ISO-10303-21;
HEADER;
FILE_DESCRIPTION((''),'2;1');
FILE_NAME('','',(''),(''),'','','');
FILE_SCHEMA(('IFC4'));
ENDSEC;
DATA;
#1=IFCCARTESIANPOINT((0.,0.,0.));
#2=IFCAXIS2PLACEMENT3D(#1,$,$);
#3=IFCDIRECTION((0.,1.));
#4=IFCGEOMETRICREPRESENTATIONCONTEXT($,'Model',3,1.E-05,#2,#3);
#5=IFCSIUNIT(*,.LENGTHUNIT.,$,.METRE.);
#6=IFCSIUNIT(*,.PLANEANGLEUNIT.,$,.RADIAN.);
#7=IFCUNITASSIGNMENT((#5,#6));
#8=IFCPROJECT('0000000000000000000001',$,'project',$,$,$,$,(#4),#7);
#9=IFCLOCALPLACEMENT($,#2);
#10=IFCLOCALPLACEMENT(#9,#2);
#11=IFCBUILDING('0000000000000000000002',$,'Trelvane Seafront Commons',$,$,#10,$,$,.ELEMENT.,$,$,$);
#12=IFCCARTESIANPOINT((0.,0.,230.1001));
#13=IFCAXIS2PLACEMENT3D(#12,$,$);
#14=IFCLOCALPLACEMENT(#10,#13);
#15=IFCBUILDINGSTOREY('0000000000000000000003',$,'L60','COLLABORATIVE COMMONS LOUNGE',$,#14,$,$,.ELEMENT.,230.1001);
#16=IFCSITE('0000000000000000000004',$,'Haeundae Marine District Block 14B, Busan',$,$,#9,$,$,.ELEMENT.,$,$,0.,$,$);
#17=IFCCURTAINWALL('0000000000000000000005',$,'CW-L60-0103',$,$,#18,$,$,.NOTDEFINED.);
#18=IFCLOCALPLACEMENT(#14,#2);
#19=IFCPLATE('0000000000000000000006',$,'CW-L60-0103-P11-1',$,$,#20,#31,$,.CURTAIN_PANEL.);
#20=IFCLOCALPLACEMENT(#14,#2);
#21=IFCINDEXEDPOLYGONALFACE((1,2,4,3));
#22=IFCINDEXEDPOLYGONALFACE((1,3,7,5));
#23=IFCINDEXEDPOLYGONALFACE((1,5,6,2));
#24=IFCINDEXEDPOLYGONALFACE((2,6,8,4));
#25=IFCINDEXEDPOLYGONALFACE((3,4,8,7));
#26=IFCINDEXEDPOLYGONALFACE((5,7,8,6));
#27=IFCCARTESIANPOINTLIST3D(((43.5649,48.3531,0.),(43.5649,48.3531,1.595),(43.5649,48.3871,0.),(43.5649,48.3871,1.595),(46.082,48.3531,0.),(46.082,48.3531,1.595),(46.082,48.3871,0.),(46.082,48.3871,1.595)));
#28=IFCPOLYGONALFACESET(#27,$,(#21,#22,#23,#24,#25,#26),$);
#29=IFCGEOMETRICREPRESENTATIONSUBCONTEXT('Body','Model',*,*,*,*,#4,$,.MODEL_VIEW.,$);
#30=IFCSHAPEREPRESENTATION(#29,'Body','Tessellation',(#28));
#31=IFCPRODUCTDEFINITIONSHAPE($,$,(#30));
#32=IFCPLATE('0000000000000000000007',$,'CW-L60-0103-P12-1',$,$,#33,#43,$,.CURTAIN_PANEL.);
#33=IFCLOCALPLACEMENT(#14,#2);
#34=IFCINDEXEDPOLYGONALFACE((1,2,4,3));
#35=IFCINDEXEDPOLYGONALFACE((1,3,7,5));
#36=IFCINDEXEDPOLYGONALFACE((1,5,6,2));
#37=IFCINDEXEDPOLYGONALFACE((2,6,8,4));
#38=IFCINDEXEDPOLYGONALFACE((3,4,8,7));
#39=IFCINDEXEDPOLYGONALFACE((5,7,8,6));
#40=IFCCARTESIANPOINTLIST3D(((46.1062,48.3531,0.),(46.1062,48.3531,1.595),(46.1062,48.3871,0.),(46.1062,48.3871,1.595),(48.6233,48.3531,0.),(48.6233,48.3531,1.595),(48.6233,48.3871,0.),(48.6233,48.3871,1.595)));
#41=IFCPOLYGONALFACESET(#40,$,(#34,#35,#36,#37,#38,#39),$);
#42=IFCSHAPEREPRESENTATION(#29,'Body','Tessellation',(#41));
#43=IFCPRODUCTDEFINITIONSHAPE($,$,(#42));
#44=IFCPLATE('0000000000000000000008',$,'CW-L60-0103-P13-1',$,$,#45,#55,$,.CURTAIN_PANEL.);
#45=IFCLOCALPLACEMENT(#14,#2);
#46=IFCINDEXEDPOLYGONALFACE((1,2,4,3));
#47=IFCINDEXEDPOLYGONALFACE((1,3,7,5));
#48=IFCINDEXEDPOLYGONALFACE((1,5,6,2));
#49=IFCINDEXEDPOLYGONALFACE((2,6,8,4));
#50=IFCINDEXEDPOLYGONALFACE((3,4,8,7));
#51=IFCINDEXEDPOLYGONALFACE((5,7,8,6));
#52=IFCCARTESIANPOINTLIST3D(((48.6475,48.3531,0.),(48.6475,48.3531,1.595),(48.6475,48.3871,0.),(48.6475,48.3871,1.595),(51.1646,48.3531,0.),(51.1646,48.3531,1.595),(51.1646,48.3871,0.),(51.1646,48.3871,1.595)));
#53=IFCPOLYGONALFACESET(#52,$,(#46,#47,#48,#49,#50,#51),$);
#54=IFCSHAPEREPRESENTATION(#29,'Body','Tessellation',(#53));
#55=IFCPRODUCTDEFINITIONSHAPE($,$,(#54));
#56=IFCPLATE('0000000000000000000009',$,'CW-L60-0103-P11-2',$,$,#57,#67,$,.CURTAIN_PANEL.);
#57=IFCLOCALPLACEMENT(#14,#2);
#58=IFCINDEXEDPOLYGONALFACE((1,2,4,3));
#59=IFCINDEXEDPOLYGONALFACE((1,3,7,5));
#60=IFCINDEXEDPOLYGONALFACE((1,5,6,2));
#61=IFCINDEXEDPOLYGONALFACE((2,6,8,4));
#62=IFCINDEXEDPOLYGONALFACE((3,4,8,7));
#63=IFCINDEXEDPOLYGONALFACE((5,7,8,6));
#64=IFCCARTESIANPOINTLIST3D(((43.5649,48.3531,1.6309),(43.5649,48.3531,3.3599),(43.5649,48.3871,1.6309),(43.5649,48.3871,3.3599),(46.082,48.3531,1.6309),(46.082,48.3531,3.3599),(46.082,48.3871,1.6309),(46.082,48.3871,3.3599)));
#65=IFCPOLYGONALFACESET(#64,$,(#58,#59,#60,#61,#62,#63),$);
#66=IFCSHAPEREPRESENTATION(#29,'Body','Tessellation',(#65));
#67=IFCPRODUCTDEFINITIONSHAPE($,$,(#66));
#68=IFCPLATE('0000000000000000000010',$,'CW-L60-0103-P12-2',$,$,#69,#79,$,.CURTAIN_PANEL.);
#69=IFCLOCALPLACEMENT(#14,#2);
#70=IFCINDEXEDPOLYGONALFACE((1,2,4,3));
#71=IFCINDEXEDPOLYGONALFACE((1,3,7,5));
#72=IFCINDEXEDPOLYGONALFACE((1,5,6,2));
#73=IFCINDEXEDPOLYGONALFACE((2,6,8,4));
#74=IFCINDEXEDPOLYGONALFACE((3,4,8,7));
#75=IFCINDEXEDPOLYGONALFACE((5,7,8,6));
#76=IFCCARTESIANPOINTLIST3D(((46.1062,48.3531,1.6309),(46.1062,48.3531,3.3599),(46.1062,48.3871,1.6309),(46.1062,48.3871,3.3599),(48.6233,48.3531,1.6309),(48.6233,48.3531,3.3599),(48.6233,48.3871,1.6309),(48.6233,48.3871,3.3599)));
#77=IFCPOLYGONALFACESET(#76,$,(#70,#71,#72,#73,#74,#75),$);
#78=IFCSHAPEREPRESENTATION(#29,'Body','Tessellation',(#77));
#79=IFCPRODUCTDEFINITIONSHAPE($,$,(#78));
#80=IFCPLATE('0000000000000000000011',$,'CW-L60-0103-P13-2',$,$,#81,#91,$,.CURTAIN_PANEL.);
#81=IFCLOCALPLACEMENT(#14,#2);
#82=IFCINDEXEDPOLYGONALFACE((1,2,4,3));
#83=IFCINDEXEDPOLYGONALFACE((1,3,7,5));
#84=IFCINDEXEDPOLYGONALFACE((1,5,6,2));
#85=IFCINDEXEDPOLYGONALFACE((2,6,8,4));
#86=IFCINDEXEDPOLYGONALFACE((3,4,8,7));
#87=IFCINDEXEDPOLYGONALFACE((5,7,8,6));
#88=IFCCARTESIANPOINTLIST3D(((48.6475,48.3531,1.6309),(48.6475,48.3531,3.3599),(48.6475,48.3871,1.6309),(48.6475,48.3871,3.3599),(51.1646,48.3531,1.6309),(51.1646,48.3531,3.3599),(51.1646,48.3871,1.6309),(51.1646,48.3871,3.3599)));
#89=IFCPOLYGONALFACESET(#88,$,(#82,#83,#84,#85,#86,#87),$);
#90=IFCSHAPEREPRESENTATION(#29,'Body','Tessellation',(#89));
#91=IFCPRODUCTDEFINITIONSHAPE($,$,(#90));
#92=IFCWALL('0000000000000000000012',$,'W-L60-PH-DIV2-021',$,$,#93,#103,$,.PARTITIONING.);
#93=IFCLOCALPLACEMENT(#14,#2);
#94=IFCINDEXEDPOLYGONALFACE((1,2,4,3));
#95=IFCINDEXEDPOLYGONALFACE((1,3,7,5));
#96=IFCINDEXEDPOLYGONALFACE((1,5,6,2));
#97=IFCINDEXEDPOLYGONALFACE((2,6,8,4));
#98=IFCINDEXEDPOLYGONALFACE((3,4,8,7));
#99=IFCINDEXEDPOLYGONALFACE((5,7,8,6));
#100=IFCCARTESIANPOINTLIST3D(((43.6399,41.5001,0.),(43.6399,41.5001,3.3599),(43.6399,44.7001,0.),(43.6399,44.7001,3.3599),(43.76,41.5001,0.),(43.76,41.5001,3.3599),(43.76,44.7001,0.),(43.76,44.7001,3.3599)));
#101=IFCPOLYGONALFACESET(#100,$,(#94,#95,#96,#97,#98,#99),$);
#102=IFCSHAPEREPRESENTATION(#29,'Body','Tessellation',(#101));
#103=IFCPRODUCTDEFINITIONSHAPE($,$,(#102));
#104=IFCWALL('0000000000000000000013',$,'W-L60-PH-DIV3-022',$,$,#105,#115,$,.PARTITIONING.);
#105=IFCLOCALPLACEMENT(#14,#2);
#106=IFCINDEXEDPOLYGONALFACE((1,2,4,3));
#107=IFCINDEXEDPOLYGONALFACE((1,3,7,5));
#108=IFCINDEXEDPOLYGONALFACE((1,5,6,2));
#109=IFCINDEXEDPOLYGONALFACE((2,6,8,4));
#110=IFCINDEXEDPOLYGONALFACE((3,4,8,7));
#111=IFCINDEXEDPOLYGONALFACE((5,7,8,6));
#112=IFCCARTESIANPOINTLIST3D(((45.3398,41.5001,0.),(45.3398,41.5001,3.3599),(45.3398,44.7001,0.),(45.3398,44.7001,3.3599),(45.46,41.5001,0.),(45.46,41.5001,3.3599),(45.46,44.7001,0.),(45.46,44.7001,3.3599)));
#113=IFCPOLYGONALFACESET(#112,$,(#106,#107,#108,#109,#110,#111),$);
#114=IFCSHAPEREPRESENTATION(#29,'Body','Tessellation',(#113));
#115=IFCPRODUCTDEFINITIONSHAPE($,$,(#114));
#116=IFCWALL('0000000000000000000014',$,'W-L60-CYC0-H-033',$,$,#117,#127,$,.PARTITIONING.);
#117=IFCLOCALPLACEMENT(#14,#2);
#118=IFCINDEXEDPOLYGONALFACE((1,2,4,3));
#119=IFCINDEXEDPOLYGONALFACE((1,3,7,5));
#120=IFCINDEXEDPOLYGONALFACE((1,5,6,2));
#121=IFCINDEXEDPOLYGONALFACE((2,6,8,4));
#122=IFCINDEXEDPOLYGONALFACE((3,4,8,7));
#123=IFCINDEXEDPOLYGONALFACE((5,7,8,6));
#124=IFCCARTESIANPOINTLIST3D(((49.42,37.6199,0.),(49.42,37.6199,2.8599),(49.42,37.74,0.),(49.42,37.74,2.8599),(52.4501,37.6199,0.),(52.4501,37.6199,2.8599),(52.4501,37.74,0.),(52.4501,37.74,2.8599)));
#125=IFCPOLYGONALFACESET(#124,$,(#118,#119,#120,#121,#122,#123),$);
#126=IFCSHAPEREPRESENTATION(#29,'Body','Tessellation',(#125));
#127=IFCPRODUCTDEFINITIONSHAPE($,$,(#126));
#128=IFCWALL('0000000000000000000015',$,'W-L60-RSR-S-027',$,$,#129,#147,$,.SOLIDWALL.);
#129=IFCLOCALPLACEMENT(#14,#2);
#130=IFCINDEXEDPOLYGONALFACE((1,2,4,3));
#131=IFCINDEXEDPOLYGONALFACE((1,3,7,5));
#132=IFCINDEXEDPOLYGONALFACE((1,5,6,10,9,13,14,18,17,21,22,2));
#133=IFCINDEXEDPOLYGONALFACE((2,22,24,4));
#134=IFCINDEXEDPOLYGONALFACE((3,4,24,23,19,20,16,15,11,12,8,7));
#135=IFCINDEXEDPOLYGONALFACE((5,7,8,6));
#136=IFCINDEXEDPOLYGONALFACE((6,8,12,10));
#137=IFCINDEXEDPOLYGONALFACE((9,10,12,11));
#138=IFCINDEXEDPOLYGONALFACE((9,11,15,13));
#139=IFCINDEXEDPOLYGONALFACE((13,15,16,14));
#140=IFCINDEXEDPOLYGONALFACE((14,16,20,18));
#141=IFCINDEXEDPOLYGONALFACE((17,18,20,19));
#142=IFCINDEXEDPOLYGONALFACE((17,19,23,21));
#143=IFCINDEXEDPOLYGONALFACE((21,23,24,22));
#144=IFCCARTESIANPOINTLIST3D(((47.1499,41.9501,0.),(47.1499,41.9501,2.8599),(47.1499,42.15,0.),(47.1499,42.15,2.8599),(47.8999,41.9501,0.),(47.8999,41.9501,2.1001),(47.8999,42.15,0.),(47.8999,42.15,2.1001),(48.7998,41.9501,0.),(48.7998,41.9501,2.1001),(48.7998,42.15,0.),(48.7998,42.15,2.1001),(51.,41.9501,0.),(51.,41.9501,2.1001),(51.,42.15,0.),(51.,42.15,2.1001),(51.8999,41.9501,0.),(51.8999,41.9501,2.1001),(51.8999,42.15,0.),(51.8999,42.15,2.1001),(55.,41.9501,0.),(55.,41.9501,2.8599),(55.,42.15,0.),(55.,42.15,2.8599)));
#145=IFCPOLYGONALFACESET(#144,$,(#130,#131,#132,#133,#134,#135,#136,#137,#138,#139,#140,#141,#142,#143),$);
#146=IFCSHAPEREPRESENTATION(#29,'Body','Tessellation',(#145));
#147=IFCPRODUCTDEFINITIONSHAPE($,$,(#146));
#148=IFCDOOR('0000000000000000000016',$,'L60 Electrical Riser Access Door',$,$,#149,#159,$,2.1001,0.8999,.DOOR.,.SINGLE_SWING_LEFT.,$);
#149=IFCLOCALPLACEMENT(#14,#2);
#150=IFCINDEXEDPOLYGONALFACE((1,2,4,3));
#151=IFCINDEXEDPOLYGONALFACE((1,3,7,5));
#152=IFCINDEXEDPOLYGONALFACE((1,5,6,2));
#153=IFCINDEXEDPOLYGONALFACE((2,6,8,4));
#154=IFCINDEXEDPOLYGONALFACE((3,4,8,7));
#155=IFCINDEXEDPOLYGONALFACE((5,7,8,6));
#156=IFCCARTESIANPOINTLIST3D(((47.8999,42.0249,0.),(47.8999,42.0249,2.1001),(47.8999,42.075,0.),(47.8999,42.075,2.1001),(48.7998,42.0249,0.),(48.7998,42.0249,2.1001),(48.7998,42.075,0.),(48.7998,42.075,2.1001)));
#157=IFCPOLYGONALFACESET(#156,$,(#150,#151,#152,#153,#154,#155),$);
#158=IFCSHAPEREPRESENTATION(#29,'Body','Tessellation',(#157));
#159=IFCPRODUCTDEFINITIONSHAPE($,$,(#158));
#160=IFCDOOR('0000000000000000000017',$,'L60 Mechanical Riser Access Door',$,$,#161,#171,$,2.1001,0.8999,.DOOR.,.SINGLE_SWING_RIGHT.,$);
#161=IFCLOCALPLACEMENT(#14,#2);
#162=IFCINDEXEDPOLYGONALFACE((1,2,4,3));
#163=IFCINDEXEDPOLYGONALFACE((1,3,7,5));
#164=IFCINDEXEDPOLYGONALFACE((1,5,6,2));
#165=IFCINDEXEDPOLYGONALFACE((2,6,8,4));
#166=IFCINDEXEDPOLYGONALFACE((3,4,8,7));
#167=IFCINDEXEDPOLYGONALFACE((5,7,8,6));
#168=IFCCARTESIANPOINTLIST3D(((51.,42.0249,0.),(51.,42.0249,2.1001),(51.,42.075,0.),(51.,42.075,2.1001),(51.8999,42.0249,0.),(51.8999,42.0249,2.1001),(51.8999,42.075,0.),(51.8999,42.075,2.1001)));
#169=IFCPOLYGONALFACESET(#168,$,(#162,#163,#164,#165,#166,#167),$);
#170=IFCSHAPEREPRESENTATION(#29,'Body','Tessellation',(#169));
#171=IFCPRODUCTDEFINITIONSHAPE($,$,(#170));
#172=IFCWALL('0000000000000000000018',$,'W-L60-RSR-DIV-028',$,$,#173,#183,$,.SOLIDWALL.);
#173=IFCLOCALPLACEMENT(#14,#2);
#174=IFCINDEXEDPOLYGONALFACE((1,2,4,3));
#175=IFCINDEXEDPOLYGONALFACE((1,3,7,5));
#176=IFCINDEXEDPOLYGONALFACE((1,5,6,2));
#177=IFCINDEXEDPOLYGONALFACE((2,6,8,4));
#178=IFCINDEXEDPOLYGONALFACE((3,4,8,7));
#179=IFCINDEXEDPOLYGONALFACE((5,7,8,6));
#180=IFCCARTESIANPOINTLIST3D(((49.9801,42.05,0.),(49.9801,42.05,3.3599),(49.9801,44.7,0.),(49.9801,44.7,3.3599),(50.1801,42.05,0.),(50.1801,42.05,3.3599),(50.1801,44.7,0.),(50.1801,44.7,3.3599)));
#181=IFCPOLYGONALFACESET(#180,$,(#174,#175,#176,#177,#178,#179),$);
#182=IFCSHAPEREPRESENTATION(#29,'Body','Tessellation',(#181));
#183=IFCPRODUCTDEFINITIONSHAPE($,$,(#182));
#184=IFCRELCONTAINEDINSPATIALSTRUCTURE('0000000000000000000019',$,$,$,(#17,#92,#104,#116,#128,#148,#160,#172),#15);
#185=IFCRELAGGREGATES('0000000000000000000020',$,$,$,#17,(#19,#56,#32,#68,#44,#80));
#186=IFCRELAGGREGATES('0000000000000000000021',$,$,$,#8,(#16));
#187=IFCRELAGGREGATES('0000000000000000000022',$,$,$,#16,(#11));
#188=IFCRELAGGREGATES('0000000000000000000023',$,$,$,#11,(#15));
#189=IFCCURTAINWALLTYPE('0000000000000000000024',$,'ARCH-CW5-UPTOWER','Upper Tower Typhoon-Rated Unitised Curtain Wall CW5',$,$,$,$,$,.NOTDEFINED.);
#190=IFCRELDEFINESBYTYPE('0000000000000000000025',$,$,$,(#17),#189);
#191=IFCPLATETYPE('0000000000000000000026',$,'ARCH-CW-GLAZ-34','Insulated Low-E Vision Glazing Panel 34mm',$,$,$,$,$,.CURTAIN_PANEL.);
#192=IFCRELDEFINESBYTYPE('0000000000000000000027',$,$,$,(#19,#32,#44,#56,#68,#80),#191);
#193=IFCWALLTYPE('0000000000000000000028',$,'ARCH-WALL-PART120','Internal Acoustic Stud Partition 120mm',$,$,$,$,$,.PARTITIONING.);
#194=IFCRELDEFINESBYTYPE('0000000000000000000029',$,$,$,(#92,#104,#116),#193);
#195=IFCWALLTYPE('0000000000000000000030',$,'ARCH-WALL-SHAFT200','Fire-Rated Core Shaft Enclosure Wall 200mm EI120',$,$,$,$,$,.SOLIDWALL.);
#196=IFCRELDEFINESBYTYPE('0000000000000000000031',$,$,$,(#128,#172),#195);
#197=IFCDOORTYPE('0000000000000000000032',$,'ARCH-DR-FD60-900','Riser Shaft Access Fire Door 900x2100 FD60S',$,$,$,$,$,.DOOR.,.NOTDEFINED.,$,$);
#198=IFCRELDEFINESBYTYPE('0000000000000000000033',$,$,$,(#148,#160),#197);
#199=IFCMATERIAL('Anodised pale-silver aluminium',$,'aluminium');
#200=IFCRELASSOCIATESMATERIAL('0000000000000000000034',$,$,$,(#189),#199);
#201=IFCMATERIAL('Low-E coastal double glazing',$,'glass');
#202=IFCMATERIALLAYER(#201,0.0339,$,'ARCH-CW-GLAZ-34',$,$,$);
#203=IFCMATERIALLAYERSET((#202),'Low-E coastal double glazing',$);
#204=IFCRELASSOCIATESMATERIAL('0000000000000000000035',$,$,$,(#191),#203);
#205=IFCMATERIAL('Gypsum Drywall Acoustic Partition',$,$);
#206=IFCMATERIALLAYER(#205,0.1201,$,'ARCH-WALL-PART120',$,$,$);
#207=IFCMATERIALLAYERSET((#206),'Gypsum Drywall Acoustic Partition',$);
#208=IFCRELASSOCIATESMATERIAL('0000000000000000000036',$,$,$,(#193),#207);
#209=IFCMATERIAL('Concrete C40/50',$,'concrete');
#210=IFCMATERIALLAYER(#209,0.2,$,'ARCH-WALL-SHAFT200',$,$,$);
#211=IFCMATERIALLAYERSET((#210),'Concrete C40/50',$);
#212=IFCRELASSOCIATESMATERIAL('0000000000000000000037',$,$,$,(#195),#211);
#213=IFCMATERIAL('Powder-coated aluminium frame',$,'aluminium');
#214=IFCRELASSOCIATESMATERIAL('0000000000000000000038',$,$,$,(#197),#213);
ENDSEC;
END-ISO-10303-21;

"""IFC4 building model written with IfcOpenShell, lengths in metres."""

from ifc_helpers import new_model, si_unit, direction, frame, frame_2d, origin, origin_2d, place, context, subcontext, project, spatial, rectangle, extrude, source, transform, mapped, material, layer, layer_set, type_object, element, fill, aggregate, save


model = new_model("IFC4")

# Units and contexts
model_context = context("Model", 3, precision=1e-05, world=origin(), true_north=direction((0.0, 1.0)))
body_context = subcontext(model_context, "Body", "Model", "MODEL_VIEW")
ifc_project = project(units=[si_unit("LENGTHUNIT", "METRE"), si_unit("PLANEANGLEUNIT", "RADIAN")], contexts=[model_context])

# Site, building, storey
site_placement = place(None, origin())
site = spatial("IfcSite", under=ifc_project, at=site_placement, Name="Haeundae Marine District Block 14B, Busan", CompositionType="ELEMENT", RefElevation=0.0)
building_placement = place(site_placement, origin())
building = spatial("IfcBuilding", under=site, at=building_placement, Name="Trelvane Seafront Commons", CompositionType="ELEMENT")
storey_placement = place(building_placement, frame((0.0, 0.0, 230.1001)))
storey = spatial("IfcBuildingStorey", under=building, at=storey_placement, Name="L60", Description="COLLABORATIVE COMMONS LOUNGE", CompositionType="ELEMENT", Elevation=230.1001)

# Curtain wall
ifc_material_1 = material(Name="Anodised pale-silver aluminium", Category="aluminium")
curtain_wall_type = type_object("IfcCurtainWallType", Name="ARCH-CW5-UPTOWER", Description="Upper Tower Typhoon-Rated Unitised Curtain Wall CW5", PredefinedType="NOTDEFINED", material=ifc_material_1)
curtain_wall_placement = place(storey_placement, origin())
curtain_wall = element("IfcCurtainWall", 1, at=curtain_wall_placement, inside=storey, type_object=curtain_wall_type, Name="CW-L60-0103", PredefinedType="NOTDEFINED")

# Plates
ifc_material_2 = material(Name="Low-E coastal double glazing", Category="glass")
ifc_layer_1 = layer(ifc_material_2, 0.0339, Name="ARCH-CW-GLAZ-34")
ifc_layer_set_1 = layer_set([ifc_layer_1], Name="Low-E coastal double glazing")
plate_type_1 = type_object("IfcPlateType", Name="ARCH-CW-GLAZ-34", Description="Insulated Low-E Vision Glazing Panel 34mm", PredefinedType="CURTAIN_PANEL", material=ifc_layer_set_1)
shared_shape_1 = source(origin(), body_context, "Body", "SweptSolid", [
    extrude(rectangle(XDim=2.5171, YDim=0.0339, at=origin_2d()), origin(), (0.0, 0.0, 1.0), 1.595),
])
plate_1_placement = place(storey_placement, frame((44.8235, 48.3701, 0.0), z_axis=(0.0, 0.0, 1.0), x_axis=(1.0, 0.0, 0.0)))
plate_1 = element("IfcPlate", 2, at=plate_1_placement, type_object=plate_type_1, Name="CW-L60-0103-P11-1", PredefinedType="CURTAIN_PANEL", context=body_context, shape_type="MappedRepresentation", body=[
    mapped(shared_shape_1, transform((0.0, 0.0, 0.0), x_axis=(1.0, 0.0, 0.0), y_axis=(0.0, 1.0, 0.0), z_axis=(0.0, 0.0, 1.0), scale=1.0)),
])
plate_2_placement = place(storey_placement, frame((47.3647, 48.3701, 0.0), z_axis=(0.0, 0.0, 1.0), x_axis=(1.0, 0.0, 0.0)))
plate_2 = element("IfcPlate", 3, at=plate_2_placement, type_object=plate_type_1, Name="CW-L60-0103-P12-1", PredefinedType="CURTAIN_PANEL", context=body_context, shape_type="MappedRepresentation", body=[
    mapped(shared_shape_1, transform((0.0, 0.0, 0.0), x_axis=(1.0, 0.0, 0.0), y_axis=(0.0, 1.0, 0.0), z_axis=(0.0, 0.0, 1.0), scale=1.0)),
])
plate_3_placement = place(storey_placement, frame((49.906, 48.3701, 0.0), z_axis=(0.0, 0.0, 1.0), x_axis=(1.0, 0.0, 0.0)))
plate_3 = element("IfcPlate", 4, at=plate_3_placement, type_object=plate_type_1, Name="CW-L60-0103-P13-1", PredefinedType="CURTAIN_PANEL", context=body_context, shape_type="MappedRepresentation", body=[
    mapped(shared_shape_1, transform((0.0, 0.0, 0.0), x_axis=(1.0, 0.0, 0.0), y_axis=(0.0, 1.0, 0.0), z_axis=(0.0, 0.0, 1.0), scale=1.0)),
])
shared_shape_2 = source(origin(), body_context, "Body", "SweptSolid", [
    extrude(rectangle(XDim=2.5171, YDim=0.0339, at=origin_2d()), origin(), (0.0, 0.0, 1.0), 1.729),
])
plate_4_placement = place(storey_placement, frame((44.8235, 48.3701, 1.6309), z_axis=(0.0, 0.0, 1.0), x_axis=(1.0, 0.0, 0.0)))
plate_4 = element("IfcPlate", 5, at=plate_4_placement, type_object=plate_type_1, Name="CW-L60-0103-P11-2", PredefinedType="CURTAIN_PANEL", context=body_context, shape_type="MappedRepresentation", body=[
    mapped(shared_shape_2, transform((0.0, 0.0, 0.0), x_axis=(1.0, 0.0, 0.0), y_axis=(0.0, 1.0, 0.0), z_axis=(0.0, 0.0, 1.0), scale=1.0)),
])
plate_5_placement = place(storey_placement, frame((47.3647, 48.3701, 1.6309), z_axis=(0.0, 0.0, 1.0), x_axis=(1.0, 0.0, 0.0)))
plate_5 = element("IfcPlate", 6, at=plate_5_placement, type_object=plate_type_1, Name="CW-L60-0103-P12-2", PredefinedType="CURTAIN_PANEL", context=body_context, shape_type="MappedRepresentation", body=[
    mapped(shared_shape_2, transform((0.0, 0.0, 0.0), x_axis=(1.0, 0.0, 0.0), y_axis=(0.0, 1.0, 0.0), z_axis=(0.0, 0.0, 1.0), scale=1.0)),
])
plate_6_placement = place(storey_placement, frame((49.906, 48.3701, 1.6309), z_axis=(0.0, 0.0, 1.0), x_axis=(1.0, 0.0, 0.0)))
plate_6 = element("IfcPlate", 7, at=plate_6_placement, type_object=plate_type_1, Name="CW-L60-0103-P13-2", PredefinedType="CURTAIN_PANEL", context=body_context, shape_type="MappedRepresentation", body=[
    mapped(shared_shape_2, transform((0.0, 0.0, 0.0), x_axis=(1.0, 0.0, 0.0), y_axis=(0.0, 1.0, 0.0), z_axis=(0.0, 0.0, 1.0), scale=1.0)),
])
aggregate(curtain_wall, [plate_1, plate_4, plate_2, plate_5, plate_3, plate_6])

# Walls
ifc_material_3 = material(Name="Gypsum Drywall Acoustic Partition")
ifc_layer_2 = layer(ifc_material_3, 0.1201, Name="ARCH-WALL-PART120")
ifc_layer_set_2 = layer_set([ifc_layer_2], Name="Gypsum Drywall Acoustic Partition")
wall_type_1 = type_object("IfcWallType", Name="ARCH-WALL-PART120", Description="Internal Acoustic Stud Partition 120mm", PredefinedType="PARTITIONING", material=ifc_layer_set_2)
for number, where, z_axis, x_axis, name in (
    (8, (43.7, 41.5, 0.0), (0.0, 0.0, 1.0), (0.0, 1.0, 0.0), "W-L60-PH-DIV2-021"),
    (9, (45.3999, 41.5, 0.0), (0.0, 0.0, 1.0), (0.0, 1.0, 0.0), "W-L60-PH-DIV3-022"),
):
    element("IfcWall", number, at=place(storey_placement, frame(where, z_axis=z_axis, x_axis=x_axis)), inside=storey, type_object=wall_type_1, Name=name, PredefinedType="PARTITIONING", context=body_context, shape_type="SweptSolid", body=[
        extrude(rectangle(XDim=3.2, YDim=0.1201, at=frame_2d((1.6001, 0.0))), origin(), (0.0, 0.0, 1.0), 3.3599),
    ])
wall_1_placement = place(storey_placement, frame((49.4199, 37.6799, 0.0), z_axis=(0.0, 0.0, 1.0), x_axis=(1.0, 0.0, 0.0)))
element("IfcWall", 10, at=wall_1_placement, inside=storey, type_object=wall_type_1, Name="W-L60-CYC0-H-033", PredefinedType="PARTITIONING", context=body_context, shape_type="SweptSolid", body=[
    extrude(rectangle(XDim=3.03, YDim=0.1201, at=frame_2d((1.5151, 0.0))), origin(), (0.0, 0.0, 1.0), 2.8599),
])

# Wall, openings, doors
ifc_material_4 = material(Name="Concrete C40/50", Category="concrete")
ifc_layer_3 = layer(ifc_material_4, 0.2, Name="ARCH-WALL-SHAFT200")
ifc_layer_set_3 = layer_set([ifc_layer_3], Name="Concrete C40/50")
wall_type_2 = type_object("IfcWallType", Name="ARCH-WALL-SHAFT200", Description="Fire-Rated Core Shaft Enclosure Wall 200mm EI120", PredefinedType="SOLIDWALL", material=ifc_layer_set_3)
wall_2_placement = place(storey_placement, frame((47.1499, 42.05, 0.0), z_axis=(0.0, 0.0, 1.0), x_axis=(1.0, 0.0, 0.0)))
wall_2 = element("IfcWall", 11, at=wall_2_placement, inside=storey, type_object=wall_type_2, Name="W-L60-RSR-S-027", PredefinedType="SOLIDWALL", context=body_context, shape_type="SweptSolid", body=[
    extrude(rectangle(XDim=7.8501, YDim=0.2, at=frame_2d((3.925, 0.0))), origin(), (0.0, 0.0, 1.0), 2.8599),
])
opening_1_placement = place(wall_2_placement, frame((0.75, 0.0, 0.0)))
opening_1 = element("IfcOpeningElement", 12, at=opening_1_placement, cuts=wall_2, PredefinedType="OPENING", context=body_context, shape_type="SweptSolid", body=[
    extrude(rectangle(XDim=0.8999, YDim=2.1001, at=frame_2d((0.45, 1.05))), frame((0.0, 0.1099, 0.0), z_axis=(0.0, -1.0, 0.0), x_axis=(1.0, 0.0, 0.0)), (0.0, 0.0, 1.0), 0.22),
])
opening_2_placement = place(wall_2_placement, frame((3.8501, 0.0, 0.0)))
opening_2 = element("IfcOpeningElement", 13, at=opening_2_placement, cuts=wall_2, PredefinedType="OPENING", context=body_context, shape_type="SweptSolid", body=[
    extrude(rectangle(XDim=0.8999, YDim=2.1001, at=frame_2d((0.45, 1.05))), frame((0.0, 0.1099, 0.0), z_axis=(0.0, -1.0, 0.0), x_axis=(1.0, 0.0, 0.0)), (0.0, 0.0, 1.0), 0.22),
])
ifc_material_5 = material(Name="Powder-coated aluminium frame", Category="aluminium")
door_type = type_object("IfcDoorType", Name="ARCH-DR-FD60-900", Description="Riser Shaft Access Fire Door 900x2100 FD60S", OperationType="NOTDEFINED", PredefinedType="DOOR", material=ifc_material_5)
shared_shape_3 = source(origin(), body_context, "Body", "SweptSolid", [
    extrude(rectangle(XDim=0.8999, YDim=2.1001, at=frame_2d((0.45, 1.05))), frame((0.0, 0.0249, 0.0), z_axis=(0.0, -1.0, 0.0), x_axis=(1.0, 0.0, 0.0)), (0.0, 0.0, 1.0), 0.05),
])
door_1_placement = place(opening_1_placement, origin())
door_1 = element("IfcDoor", 14, at=door_1_placement, inside=storey, type_object=door_type, Name="L60 Electrical Riser Access Door", OperationType="SINGLE_SWING_LEFT", OverallHeight=2.1001, OverallWidth=0.8999, PredefinedType="DOOR", context=body_context, shape_type="MappedRepresentation", body=[
    mapped(shared_shape_3, transform((0.0, 0.0, 0.0), x_axis=(1.0, 0.0, 0.0), y_axis=(0.0, 1.0, 0.0), z_axis=(0.0, 0.0, 1.0), scale=1.0)),
])
fill(opening_1, door_1)
door_2_placement = place(opening_2_placement, origin())
door_2 = element("IfcDoor", 15, at=door_2_placement, inside=storey, type_object=door_type, Name="L60 Mechanical Riser Access Door", OperationType="SINGLE_SWING_RIGHT", OverallHeight=2.1001, OverallWidth=0.8999, PredefinedType="DOOR", context=body_context, shape_type="MappedRepresentation", body=[
    mapped(shared_shape_3, transform((0.0, 0.0, 0.0), x_axis=(1.0, 0.0, 0.0), y_axis=(0.0, 1.0, 0.0), z_axis=(0.0, 0.0, 1.0), scale=1.0)),
])
fill(opening_2, door_2)

# Wall
wall_3_placement = place(storey_placement, frame((50.0801, 42.05, 0.0), z_axis=(0.0, 0.0, 1.0), x_axis=(0.0, 1.0, 0.0)))
element("IfcWall", 16, at=wall_3_placement, inside=storey, type_object=wall_type_2, Name="W-L60-RSR-DIV-028", PredefinedType="SOLIDWALL", context=body_context, shape_type="SweptSolid", body=[
    extrude(rectangle(XDim=2.6499, YDim=0.2, at=frame_2d((1.325, 0.0))), origin(), (0.0, 0.0, 1.0), 3.3599),
])

save(model, "model.ifc")
